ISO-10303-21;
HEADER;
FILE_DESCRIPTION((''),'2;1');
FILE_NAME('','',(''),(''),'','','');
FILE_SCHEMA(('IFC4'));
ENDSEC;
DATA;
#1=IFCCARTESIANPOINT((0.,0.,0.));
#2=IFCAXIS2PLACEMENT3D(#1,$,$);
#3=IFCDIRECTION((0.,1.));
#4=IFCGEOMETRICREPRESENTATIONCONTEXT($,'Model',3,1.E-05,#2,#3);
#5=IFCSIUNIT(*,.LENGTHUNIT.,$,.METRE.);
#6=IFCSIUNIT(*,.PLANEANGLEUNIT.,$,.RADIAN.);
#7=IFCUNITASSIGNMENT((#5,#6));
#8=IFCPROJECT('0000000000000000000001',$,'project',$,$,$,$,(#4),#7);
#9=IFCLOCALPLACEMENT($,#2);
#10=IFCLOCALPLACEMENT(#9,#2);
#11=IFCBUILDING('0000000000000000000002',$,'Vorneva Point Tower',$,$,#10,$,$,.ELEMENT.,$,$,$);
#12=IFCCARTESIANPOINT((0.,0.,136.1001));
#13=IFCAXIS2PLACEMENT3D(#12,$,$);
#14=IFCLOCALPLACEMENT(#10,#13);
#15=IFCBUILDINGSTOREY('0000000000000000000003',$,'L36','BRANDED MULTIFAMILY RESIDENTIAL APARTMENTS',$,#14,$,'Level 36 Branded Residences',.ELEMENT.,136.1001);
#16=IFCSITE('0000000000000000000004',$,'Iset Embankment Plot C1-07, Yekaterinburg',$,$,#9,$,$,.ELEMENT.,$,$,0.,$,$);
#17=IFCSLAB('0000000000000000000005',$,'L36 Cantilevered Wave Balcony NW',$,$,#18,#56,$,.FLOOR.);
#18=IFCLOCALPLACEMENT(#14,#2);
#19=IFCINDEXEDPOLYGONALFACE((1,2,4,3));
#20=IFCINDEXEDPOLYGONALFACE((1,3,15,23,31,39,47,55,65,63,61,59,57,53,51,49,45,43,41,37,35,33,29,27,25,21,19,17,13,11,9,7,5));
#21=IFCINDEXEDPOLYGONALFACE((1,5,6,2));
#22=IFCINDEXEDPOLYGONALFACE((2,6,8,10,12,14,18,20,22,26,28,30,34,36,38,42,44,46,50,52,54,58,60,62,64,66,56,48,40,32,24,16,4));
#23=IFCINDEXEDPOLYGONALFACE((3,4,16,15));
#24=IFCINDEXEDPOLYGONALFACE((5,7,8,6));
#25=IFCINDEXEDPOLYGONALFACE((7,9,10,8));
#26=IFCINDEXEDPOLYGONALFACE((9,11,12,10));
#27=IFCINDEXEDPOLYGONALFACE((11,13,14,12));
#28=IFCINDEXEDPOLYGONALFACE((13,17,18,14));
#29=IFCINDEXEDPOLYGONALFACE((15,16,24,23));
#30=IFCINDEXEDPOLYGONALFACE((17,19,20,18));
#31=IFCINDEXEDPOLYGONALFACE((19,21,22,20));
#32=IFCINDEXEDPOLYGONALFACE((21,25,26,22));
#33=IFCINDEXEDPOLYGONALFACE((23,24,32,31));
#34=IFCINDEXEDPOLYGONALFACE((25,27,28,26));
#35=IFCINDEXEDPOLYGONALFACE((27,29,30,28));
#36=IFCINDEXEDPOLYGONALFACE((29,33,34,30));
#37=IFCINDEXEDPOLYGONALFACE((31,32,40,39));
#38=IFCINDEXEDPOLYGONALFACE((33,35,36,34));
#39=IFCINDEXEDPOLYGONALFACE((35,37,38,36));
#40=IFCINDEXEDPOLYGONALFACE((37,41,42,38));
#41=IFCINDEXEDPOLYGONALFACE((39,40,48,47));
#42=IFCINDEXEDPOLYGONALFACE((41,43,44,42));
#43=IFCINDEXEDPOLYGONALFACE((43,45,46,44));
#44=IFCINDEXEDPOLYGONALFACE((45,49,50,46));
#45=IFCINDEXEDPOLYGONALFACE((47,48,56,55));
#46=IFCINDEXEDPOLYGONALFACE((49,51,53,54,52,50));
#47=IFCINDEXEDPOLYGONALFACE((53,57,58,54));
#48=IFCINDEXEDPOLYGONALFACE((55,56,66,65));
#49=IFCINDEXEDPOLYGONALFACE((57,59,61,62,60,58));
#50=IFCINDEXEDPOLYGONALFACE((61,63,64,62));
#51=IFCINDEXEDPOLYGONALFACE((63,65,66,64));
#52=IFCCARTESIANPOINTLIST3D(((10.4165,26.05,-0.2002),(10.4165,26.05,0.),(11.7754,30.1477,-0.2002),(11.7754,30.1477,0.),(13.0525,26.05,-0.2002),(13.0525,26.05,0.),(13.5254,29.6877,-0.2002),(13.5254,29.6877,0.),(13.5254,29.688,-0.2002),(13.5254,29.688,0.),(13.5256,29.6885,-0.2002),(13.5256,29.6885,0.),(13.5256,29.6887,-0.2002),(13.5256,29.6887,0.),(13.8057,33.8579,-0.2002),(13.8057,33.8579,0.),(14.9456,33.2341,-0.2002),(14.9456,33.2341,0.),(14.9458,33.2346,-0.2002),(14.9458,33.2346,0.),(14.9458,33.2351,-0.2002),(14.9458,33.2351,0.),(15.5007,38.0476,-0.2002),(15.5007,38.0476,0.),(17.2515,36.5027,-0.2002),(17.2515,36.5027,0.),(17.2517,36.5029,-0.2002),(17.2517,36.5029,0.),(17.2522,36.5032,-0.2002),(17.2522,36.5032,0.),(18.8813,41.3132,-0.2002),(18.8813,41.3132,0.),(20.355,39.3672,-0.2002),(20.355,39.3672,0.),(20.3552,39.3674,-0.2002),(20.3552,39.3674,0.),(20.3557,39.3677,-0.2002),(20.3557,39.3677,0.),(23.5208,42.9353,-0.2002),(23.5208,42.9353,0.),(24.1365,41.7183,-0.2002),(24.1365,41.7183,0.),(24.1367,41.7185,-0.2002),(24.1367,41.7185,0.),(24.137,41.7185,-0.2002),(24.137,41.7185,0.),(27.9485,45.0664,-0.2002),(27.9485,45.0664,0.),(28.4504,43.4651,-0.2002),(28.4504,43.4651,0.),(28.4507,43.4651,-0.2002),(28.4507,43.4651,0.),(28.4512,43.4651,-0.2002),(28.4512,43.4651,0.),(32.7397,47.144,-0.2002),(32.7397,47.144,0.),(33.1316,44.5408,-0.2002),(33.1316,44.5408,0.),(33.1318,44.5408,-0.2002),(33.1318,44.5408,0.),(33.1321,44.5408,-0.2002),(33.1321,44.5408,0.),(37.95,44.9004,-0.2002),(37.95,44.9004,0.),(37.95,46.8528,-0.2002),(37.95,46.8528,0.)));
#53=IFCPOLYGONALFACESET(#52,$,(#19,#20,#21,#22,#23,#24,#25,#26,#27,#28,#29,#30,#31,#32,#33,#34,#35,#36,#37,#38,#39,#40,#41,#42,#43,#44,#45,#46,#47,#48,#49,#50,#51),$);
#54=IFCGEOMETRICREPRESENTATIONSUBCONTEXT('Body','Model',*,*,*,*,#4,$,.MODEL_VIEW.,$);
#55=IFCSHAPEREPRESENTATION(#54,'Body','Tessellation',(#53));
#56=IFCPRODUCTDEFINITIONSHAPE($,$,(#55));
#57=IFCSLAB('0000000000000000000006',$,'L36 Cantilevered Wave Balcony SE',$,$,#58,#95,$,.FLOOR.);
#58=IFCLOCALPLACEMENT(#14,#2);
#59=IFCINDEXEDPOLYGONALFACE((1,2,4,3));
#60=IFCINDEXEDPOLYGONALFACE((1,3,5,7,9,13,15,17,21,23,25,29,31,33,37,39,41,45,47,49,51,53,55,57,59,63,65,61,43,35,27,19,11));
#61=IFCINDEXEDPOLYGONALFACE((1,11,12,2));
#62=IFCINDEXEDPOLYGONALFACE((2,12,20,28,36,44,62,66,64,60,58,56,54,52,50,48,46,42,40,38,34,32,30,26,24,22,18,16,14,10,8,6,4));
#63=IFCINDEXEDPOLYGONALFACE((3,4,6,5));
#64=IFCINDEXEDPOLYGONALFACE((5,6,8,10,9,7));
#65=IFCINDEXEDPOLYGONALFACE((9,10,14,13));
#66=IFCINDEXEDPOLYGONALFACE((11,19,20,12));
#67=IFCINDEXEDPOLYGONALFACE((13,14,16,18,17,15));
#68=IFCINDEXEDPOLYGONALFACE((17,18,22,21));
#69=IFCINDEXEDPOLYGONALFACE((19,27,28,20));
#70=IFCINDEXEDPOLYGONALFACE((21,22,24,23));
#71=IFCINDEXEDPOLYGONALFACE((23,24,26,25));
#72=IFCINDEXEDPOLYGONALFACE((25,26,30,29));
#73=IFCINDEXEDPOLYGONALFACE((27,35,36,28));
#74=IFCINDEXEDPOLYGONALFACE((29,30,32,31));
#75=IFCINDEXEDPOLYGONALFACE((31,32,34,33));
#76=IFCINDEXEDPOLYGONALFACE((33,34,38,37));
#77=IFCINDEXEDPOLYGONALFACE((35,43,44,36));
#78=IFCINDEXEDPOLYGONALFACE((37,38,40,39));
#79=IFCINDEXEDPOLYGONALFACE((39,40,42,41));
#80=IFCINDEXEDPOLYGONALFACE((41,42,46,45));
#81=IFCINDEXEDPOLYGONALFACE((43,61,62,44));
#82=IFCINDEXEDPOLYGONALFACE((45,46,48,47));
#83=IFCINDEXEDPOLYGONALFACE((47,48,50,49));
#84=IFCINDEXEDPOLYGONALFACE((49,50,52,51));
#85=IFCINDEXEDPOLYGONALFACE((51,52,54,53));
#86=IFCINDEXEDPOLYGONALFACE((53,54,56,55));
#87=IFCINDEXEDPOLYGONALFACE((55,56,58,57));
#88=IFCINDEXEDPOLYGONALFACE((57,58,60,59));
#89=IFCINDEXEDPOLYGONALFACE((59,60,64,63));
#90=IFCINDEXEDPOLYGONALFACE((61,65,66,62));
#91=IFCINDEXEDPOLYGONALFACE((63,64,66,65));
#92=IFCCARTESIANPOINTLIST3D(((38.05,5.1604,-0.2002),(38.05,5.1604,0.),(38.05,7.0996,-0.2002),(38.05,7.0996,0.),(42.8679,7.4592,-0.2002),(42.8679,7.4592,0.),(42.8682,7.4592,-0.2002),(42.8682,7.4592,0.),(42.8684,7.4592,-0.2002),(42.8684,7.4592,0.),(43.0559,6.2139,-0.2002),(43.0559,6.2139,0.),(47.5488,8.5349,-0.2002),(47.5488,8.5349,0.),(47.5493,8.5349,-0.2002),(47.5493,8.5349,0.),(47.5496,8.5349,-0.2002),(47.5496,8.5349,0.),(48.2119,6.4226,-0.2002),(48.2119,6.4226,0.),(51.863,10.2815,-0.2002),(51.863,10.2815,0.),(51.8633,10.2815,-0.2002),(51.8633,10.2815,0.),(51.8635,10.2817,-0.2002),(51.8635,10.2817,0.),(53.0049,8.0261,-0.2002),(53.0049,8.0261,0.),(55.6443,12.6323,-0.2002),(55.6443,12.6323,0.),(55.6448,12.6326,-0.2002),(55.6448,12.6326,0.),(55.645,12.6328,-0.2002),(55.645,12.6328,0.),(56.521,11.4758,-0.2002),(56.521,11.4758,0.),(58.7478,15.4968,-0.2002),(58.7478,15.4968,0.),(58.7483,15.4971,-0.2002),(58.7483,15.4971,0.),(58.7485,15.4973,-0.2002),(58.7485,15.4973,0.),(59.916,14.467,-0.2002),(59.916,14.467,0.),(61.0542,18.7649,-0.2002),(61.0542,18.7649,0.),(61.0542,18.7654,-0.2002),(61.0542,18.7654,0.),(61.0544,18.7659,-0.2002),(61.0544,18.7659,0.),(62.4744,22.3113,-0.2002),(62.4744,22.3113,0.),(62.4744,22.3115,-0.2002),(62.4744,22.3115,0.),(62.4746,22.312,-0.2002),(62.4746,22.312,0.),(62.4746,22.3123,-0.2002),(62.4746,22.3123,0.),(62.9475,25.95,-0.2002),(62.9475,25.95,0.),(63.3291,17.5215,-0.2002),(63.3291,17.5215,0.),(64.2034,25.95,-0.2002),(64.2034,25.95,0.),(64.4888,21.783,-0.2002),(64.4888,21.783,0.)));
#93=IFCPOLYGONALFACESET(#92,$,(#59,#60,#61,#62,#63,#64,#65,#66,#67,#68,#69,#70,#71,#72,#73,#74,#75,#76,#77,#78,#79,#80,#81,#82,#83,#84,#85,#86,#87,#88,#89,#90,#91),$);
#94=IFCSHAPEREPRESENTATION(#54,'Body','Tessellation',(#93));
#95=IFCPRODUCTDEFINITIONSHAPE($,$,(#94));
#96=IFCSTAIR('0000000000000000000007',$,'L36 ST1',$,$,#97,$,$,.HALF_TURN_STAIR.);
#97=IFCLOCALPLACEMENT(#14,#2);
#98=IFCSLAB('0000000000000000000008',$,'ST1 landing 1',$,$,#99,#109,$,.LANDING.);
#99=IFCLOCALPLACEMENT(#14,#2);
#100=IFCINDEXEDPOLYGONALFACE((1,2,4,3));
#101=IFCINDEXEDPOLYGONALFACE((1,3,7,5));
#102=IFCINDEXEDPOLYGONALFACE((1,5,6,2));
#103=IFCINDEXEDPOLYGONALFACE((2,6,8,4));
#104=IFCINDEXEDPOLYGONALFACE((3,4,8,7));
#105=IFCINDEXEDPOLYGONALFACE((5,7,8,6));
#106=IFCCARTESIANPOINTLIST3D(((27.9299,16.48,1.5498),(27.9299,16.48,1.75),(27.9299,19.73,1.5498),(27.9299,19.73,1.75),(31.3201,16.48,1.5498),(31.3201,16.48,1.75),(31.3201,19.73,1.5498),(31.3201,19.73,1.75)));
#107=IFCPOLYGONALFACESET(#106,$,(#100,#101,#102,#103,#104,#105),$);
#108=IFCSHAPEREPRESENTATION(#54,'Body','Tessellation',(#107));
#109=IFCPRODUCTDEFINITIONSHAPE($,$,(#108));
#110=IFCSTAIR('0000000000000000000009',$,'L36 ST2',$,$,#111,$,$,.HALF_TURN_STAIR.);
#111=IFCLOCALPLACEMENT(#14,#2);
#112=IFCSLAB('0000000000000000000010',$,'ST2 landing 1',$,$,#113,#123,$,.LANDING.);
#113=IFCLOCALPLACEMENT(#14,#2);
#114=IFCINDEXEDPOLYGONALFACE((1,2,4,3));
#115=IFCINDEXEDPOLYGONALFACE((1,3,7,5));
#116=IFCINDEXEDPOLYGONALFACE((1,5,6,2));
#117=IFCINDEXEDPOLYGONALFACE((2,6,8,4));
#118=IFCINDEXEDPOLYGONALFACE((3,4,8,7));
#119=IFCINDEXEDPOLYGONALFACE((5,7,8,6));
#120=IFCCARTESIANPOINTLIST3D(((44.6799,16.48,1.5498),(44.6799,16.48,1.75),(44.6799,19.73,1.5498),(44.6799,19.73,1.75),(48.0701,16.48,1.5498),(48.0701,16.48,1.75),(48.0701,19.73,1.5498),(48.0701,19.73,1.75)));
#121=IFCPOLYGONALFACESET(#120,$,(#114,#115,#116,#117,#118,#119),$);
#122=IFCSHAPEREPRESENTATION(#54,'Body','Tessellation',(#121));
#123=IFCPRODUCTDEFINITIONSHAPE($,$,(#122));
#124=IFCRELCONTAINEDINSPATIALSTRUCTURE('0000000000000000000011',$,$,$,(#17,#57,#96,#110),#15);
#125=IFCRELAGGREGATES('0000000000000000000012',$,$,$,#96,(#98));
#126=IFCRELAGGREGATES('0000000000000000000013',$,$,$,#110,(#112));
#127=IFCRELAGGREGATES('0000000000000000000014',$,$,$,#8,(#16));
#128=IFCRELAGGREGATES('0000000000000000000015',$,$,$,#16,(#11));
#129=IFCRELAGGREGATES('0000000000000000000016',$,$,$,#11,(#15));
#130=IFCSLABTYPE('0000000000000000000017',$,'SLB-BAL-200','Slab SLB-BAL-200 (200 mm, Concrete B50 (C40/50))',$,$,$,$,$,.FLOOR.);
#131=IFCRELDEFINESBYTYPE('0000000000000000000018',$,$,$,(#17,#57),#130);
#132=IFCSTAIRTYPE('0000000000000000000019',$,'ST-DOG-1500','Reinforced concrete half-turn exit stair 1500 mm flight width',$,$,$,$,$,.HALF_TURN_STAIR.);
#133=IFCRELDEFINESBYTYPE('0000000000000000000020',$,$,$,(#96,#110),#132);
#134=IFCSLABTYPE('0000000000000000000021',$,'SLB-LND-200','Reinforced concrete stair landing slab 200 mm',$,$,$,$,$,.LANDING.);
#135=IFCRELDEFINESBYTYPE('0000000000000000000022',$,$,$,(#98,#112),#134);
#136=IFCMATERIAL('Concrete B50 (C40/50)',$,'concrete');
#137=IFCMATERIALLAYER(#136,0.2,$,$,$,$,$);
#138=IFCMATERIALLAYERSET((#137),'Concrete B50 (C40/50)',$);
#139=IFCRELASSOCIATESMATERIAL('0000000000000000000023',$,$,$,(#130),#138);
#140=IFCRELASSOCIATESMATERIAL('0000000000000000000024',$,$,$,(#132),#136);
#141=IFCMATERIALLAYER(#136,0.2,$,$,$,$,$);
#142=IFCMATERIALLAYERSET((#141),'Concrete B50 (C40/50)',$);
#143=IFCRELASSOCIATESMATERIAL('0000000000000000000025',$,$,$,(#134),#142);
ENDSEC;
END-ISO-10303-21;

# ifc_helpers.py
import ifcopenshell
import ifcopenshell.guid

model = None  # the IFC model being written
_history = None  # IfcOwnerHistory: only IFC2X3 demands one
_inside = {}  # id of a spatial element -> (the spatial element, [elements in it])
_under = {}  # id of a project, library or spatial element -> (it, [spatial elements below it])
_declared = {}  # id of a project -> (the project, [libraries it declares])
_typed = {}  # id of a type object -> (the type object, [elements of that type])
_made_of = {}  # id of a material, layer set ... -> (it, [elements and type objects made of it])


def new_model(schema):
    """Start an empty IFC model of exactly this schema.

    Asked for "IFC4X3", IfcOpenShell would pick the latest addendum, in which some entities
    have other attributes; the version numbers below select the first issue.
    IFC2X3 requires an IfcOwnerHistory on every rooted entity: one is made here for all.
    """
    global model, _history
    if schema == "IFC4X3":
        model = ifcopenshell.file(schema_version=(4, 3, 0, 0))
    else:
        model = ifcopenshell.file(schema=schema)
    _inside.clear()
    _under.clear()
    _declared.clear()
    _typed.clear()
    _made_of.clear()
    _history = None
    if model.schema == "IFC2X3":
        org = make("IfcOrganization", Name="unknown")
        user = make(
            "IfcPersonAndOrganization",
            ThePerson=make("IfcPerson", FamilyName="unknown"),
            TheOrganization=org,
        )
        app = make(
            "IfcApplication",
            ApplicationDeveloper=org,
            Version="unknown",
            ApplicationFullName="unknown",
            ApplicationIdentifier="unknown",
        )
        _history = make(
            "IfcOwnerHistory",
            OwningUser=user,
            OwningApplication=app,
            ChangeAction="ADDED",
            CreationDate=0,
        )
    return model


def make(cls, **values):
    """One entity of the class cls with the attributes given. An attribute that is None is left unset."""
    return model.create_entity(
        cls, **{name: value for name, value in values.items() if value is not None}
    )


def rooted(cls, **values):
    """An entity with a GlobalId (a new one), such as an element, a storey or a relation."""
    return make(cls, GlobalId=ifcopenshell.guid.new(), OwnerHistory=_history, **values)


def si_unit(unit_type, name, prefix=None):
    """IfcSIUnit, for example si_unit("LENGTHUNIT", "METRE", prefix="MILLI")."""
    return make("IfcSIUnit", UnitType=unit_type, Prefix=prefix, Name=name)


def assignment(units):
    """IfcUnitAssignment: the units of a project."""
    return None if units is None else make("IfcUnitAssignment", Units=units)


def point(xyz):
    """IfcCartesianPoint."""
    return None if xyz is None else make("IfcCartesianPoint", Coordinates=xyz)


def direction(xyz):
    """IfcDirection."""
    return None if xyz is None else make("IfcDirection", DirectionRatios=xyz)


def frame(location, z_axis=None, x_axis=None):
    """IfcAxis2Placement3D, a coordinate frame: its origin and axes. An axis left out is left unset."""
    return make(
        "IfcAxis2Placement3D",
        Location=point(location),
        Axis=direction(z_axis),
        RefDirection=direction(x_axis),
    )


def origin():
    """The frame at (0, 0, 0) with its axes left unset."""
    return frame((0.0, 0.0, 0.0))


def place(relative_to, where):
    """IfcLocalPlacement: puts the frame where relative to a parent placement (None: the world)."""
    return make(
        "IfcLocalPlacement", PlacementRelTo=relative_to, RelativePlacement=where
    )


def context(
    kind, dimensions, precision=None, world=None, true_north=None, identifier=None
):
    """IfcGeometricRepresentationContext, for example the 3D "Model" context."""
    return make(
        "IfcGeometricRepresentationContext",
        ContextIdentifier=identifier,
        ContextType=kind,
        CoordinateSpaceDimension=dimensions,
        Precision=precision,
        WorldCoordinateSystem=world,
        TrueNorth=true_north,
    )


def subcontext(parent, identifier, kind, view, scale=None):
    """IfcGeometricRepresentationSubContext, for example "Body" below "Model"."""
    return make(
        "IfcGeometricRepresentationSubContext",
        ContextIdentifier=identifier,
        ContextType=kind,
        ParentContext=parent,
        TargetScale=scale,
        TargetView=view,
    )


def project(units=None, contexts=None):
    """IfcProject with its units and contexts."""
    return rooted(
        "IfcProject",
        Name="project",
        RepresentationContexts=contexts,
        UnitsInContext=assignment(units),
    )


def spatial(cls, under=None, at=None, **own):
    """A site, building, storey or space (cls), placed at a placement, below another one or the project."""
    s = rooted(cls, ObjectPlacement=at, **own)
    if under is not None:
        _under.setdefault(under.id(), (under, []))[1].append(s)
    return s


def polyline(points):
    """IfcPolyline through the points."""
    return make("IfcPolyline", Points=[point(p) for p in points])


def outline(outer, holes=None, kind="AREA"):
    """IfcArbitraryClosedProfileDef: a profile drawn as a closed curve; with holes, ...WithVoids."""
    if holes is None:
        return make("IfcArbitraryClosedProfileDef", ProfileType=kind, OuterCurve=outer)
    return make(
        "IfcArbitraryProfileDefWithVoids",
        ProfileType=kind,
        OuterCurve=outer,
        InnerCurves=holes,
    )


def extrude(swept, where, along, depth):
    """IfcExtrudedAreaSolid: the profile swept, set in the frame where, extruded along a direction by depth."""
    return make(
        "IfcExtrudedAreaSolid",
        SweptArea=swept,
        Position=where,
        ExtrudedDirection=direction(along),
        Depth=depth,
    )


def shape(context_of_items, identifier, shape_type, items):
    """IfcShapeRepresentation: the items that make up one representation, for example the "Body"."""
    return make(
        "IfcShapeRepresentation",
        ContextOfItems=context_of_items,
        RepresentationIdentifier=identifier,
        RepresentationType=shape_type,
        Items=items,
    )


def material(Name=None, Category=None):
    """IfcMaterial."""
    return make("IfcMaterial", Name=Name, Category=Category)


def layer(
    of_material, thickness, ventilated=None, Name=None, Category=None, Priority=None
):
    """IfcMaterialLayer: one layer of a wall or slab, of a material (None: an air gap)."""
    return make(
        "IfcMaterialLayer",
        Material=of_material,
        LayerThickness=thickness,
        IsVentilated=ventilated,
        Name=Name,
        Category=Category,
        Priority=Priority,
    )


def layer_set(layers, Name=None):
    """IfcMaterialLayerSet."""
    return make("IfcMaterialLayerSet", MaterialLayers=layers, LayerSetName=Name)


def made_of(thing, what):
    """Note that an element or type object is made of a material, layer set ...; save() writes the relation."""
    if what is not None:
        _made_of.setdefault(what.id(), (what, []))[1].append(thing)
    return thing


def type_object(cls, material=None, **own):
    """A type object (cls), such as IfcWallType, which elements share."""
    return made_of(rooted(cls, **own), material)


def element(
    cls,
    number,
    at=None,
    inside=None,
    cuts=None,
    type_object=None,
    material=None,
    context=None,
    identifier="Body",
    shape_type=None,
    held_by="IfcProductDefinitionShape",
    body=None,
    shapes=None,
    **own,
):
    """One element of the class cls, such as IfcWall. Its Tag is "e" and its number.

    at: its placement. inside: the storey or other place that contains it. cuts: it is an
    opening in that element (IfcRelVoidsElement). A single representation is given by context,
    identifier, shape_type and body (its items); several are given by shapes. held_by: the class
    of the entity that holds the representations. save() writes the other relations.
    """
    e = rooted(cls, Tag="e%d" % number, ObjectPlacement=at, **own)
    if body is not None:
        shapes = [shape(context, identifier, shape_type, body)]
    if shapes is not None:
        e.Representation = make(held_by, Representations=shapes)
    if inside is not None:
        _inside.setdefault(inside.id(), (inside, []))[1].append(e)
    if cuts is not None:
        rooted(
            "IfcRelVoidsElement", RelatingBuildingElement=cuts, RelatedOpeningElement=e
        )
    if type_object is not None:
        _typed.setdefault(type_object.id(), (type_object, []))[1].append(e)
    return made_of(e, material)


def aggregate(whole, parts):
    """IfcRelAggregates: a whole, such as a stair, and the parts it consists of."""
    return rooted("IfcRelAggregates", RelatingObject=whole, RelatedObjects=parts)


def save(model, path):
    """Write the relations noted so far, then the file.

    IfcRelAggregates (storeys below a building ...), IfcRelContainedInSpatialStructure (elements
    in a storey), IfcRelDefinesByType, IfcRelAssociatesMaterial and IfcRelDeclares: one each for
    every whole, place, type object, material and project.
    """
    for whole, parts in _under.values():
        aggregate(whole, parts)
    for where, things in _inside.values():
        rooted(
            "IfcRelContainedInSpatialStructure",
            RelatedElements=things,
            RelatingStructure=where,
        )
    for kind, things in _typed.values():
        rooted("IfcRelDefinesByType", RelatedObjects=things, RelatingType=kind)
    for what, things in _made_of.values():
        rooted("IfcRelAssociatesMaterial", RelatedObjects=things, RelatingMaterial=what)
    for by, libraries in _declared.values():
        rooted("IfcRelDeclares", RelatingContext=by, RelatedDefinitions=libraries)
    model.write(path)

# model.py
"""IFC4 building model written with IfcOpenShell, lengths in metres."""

from ifc_helpers import new_model, si_unit, direction, frame, origin, place, context, subcontext, project, spatial, polyline, outline, extrude, material, layer, layer_set, type_object, element, aggregate, save


model = new_model("IFC4")

# Units and contexts
model_context = context("Model", 3, precision=1e-05, world=origin(), true_north=direction((0.0, 1.0)))
body_context = subcontext(model_context, "Body", "Model", "MODEL_VIEW")
ifc_project = project(units=[si_unit("LENGTHUNIT", "METRE"), si_unit("PLANEANGLEUNIT", "RADIAN")], contexts=[model_context])

# Site, building, storey
site_placement = place(None, origin())
site = spatial("IfcSite", under=ifc_project, at=site_placement, Name="Iset Embankment Plot C1-07, Yekaterinburg", CompositionType="ELEMENT", RefElevation=0.0)
building_placement = place(site_placement, origin())
building = spatial("IfcBuilding", under=site, at=building_placement, Name="Vorneva Point Tower", CompositionType="ELEMENT")
storey_placement = place(building_placement, frame((0.0, 0.0, 136.1001)))
storey = spatial("IfcBuildingStorey", under=building, at=storey_placement, Name="L36", Description="BRANDED MULTIFAMILY RESIDENTIAL APARTMENTS", LongName="Level 36 Branded Residences", CompositionType="ELEMENT", Elevation=136.1001)

# Slabs
ifc_material_1 = material(Name="Concrete B50 (C40/50)", Category="concrete")
ifc_layer_1 = layer(ifc_material_1, 0.2)
ifc_layer_set_1 = layer_set([ifc_layer_1], Name="Concrete B50 (C40/50)")
slab_type_1 = type_object("IfcSlabType", Name="SLB-BAL-200", Description="Slab SLB-BAL-200 (200 mm, Concrete B50 (C40/50))", PredefinedType="FLOOR", material=ifc_layer_set_1)
slab_1_placement = place(storey_placement, frame((0.0, 0.0, -0.2002)))
element("IfcSlab", 1, at=slab_1_placement, inside=storey, type_object=slab_type_1, Name="L36 Cantilevered Wave Balcony NW", PredefinedType="FLOOR", context=body_context, shape_type="SweptSolid", body=[
    extrude(outline(polyline([(10.4165, 26.05), (13.0525, 26.05), (13.5254, 29.6877), (13.5254, 29.688), (13.5256, 29.6885), (13.5256, 29.6887), (14.9456, 33.2341), (14.9458, 33.2346), (14.9458, 33.2351), (17.2515, 36.5027), (17.2517, 36.5029), (17.2522, 36.5032), (20.355, 39.3672), (20.3552, 39.3674), (20.3557, 39.3677), (24.1365, 41.7183), (24.1367, 41.7185), (24.137, 41.7185), (28.4504, 43.4651), (28.4507, 43.4651), (28.4512, 43.4651), (33.1316, 44.5408), (33.1318, 44.5408), (33.1321, 44.5408), (37.95, 44.9004), (37.95, 46.8528), (32.7397, 47.144), (27.9485, 45.0664), (23.5208, 42.9353), (18.8813, 41.3132), (15.5007, 38.0476), (13.8057, 33.8579), (11.7754, 30.1477), (10.4165, 26.05)])), origin(), (0.0, 0.0, 1.0), 0.2002),
])
slab_2_placement = place(storey_placement, frame((0.0, 0.0, -0.2002)))
element("IfcSlab", 2, at=slab_2_placement, inside=storey, type_object=slab_type_1, Name="L36 Cantilevered Wave Balcony SE", PredefinedType="FLOOR", context=body_context, shape_type="SweptSolid", body=[
    extrude(outline(polyline([(64.4888, 21.783), (64.2034, 25.95), (62.9475, 25.95), (62.4746, 22.3123), (62.4746, 22.312), (62.4744, 22.3115), (62.4744, 22.3113), (61.0544, 18.7659), (61.0542, 18.7654), (61.0542, 18.7649), (58.7485, 15.4973), (58.7483, 15.4971), (58.7478, 15.4968), (55.645, 12.6328), (55.6448, 12.6326), (55.6443, 12.6323), (51.8635, 10.2817), (51.8633, 10.2815), (51.863, 10.2815), (47.5496, 8.5349), (47.5493, 8.5349), (47.5488, 8.5349), (42.8684, 7.4592), (42.8682, 7.4592), (42.8679, 7.4592), (38.05, 7.0996), (38.05, 5.1604), (43.0559, 6.2139), (48.2119, 6.4226), (53.0049, 8.0261), (56.521, 11.4758), (59.916, 14.467), (63.3291, 17.5215), (64.4888, 21.783)])), origin(), (0.0, 0.0, 1.0), 0.2002),
])

# Stairs, slabs
stair_type = type_object("IfcStairType", Name="ST-DOG-1500", Description="Reinforced concrete half-turn exit stair 1500 mm flight width", PredefinedType="HALF_TURN_STAIR", material=ifc_material_1)
stair_1_placement = place(storey_placement, origin())
stair_1 = element("IfcStair", 3, at=stair_1_placement, inside=storey, type_object=stair_type, Name="L36 ST1", PredefinedType="HALF_TURN_STAIR")
ifc_layer_2 = layer(ifc_material_1, 0.2)
ifc_layer_set_2 = layer_set([ifc_layer_2], Name="Concrete B50 (C40/50)")
slab_type_2 = type_object("IfcSlabType", Name="SLB-LND-200", Description="Reinforced concrete stair landing slab 200 mm", PredefinedType="LANDING", material=ifc_layer_set_2)
slab_3_placement = place(storey_placement, frame((0.0, 0.0, 1.5498)))
slab_3 = element("IfcSlab", 4, at=slab_3_placement, type_object=slab_type_2, Name="ST1 landing 1", PredefinedType="LANDING", context=body_context, shape_type="SweptSolid", body=[
    extrude(outline(polyline([(27.9299, 16.48), (31.3201, 16.48), (31.3201, 19.73), (27.9299, 19.73), (27.9299, 16.48)])), origin(), (0.0, 0.0, 1.0), 0.2002),
])
aggregate(stair_1, [slab_3])
stair_2_placement = place(storey_placement, origin())
stair_2 = element("IfcStair", 5, at=stair_2_placement, inside=storey, type_object=stair_type, Name="L36 ST2", PredefinedType="HALF_TURN_STAIR")
slab_4_placement = place(storey_placement, frame((0.0, 0.0, 1.5498)))
slab_4 = element("IfcSlab", 6, at=slab_4_placement, type_object=slab_type_2, Name="ST2 landing 1", PredefinedType="LANDING", context=body_context, shape_type="SweptSolid", body=[
    extrude(outline(polyline([(44.6799, 16.48), (48.0701, 16.48), (48.0701, 19.73), (44.6799, 19.73), (44.6799, 16.48)])), origin(), (0.0, 0.0, 1.0), 0.2002),
])
aggregate(stair_2, [slab_4])

save(model, "model.ifc")
